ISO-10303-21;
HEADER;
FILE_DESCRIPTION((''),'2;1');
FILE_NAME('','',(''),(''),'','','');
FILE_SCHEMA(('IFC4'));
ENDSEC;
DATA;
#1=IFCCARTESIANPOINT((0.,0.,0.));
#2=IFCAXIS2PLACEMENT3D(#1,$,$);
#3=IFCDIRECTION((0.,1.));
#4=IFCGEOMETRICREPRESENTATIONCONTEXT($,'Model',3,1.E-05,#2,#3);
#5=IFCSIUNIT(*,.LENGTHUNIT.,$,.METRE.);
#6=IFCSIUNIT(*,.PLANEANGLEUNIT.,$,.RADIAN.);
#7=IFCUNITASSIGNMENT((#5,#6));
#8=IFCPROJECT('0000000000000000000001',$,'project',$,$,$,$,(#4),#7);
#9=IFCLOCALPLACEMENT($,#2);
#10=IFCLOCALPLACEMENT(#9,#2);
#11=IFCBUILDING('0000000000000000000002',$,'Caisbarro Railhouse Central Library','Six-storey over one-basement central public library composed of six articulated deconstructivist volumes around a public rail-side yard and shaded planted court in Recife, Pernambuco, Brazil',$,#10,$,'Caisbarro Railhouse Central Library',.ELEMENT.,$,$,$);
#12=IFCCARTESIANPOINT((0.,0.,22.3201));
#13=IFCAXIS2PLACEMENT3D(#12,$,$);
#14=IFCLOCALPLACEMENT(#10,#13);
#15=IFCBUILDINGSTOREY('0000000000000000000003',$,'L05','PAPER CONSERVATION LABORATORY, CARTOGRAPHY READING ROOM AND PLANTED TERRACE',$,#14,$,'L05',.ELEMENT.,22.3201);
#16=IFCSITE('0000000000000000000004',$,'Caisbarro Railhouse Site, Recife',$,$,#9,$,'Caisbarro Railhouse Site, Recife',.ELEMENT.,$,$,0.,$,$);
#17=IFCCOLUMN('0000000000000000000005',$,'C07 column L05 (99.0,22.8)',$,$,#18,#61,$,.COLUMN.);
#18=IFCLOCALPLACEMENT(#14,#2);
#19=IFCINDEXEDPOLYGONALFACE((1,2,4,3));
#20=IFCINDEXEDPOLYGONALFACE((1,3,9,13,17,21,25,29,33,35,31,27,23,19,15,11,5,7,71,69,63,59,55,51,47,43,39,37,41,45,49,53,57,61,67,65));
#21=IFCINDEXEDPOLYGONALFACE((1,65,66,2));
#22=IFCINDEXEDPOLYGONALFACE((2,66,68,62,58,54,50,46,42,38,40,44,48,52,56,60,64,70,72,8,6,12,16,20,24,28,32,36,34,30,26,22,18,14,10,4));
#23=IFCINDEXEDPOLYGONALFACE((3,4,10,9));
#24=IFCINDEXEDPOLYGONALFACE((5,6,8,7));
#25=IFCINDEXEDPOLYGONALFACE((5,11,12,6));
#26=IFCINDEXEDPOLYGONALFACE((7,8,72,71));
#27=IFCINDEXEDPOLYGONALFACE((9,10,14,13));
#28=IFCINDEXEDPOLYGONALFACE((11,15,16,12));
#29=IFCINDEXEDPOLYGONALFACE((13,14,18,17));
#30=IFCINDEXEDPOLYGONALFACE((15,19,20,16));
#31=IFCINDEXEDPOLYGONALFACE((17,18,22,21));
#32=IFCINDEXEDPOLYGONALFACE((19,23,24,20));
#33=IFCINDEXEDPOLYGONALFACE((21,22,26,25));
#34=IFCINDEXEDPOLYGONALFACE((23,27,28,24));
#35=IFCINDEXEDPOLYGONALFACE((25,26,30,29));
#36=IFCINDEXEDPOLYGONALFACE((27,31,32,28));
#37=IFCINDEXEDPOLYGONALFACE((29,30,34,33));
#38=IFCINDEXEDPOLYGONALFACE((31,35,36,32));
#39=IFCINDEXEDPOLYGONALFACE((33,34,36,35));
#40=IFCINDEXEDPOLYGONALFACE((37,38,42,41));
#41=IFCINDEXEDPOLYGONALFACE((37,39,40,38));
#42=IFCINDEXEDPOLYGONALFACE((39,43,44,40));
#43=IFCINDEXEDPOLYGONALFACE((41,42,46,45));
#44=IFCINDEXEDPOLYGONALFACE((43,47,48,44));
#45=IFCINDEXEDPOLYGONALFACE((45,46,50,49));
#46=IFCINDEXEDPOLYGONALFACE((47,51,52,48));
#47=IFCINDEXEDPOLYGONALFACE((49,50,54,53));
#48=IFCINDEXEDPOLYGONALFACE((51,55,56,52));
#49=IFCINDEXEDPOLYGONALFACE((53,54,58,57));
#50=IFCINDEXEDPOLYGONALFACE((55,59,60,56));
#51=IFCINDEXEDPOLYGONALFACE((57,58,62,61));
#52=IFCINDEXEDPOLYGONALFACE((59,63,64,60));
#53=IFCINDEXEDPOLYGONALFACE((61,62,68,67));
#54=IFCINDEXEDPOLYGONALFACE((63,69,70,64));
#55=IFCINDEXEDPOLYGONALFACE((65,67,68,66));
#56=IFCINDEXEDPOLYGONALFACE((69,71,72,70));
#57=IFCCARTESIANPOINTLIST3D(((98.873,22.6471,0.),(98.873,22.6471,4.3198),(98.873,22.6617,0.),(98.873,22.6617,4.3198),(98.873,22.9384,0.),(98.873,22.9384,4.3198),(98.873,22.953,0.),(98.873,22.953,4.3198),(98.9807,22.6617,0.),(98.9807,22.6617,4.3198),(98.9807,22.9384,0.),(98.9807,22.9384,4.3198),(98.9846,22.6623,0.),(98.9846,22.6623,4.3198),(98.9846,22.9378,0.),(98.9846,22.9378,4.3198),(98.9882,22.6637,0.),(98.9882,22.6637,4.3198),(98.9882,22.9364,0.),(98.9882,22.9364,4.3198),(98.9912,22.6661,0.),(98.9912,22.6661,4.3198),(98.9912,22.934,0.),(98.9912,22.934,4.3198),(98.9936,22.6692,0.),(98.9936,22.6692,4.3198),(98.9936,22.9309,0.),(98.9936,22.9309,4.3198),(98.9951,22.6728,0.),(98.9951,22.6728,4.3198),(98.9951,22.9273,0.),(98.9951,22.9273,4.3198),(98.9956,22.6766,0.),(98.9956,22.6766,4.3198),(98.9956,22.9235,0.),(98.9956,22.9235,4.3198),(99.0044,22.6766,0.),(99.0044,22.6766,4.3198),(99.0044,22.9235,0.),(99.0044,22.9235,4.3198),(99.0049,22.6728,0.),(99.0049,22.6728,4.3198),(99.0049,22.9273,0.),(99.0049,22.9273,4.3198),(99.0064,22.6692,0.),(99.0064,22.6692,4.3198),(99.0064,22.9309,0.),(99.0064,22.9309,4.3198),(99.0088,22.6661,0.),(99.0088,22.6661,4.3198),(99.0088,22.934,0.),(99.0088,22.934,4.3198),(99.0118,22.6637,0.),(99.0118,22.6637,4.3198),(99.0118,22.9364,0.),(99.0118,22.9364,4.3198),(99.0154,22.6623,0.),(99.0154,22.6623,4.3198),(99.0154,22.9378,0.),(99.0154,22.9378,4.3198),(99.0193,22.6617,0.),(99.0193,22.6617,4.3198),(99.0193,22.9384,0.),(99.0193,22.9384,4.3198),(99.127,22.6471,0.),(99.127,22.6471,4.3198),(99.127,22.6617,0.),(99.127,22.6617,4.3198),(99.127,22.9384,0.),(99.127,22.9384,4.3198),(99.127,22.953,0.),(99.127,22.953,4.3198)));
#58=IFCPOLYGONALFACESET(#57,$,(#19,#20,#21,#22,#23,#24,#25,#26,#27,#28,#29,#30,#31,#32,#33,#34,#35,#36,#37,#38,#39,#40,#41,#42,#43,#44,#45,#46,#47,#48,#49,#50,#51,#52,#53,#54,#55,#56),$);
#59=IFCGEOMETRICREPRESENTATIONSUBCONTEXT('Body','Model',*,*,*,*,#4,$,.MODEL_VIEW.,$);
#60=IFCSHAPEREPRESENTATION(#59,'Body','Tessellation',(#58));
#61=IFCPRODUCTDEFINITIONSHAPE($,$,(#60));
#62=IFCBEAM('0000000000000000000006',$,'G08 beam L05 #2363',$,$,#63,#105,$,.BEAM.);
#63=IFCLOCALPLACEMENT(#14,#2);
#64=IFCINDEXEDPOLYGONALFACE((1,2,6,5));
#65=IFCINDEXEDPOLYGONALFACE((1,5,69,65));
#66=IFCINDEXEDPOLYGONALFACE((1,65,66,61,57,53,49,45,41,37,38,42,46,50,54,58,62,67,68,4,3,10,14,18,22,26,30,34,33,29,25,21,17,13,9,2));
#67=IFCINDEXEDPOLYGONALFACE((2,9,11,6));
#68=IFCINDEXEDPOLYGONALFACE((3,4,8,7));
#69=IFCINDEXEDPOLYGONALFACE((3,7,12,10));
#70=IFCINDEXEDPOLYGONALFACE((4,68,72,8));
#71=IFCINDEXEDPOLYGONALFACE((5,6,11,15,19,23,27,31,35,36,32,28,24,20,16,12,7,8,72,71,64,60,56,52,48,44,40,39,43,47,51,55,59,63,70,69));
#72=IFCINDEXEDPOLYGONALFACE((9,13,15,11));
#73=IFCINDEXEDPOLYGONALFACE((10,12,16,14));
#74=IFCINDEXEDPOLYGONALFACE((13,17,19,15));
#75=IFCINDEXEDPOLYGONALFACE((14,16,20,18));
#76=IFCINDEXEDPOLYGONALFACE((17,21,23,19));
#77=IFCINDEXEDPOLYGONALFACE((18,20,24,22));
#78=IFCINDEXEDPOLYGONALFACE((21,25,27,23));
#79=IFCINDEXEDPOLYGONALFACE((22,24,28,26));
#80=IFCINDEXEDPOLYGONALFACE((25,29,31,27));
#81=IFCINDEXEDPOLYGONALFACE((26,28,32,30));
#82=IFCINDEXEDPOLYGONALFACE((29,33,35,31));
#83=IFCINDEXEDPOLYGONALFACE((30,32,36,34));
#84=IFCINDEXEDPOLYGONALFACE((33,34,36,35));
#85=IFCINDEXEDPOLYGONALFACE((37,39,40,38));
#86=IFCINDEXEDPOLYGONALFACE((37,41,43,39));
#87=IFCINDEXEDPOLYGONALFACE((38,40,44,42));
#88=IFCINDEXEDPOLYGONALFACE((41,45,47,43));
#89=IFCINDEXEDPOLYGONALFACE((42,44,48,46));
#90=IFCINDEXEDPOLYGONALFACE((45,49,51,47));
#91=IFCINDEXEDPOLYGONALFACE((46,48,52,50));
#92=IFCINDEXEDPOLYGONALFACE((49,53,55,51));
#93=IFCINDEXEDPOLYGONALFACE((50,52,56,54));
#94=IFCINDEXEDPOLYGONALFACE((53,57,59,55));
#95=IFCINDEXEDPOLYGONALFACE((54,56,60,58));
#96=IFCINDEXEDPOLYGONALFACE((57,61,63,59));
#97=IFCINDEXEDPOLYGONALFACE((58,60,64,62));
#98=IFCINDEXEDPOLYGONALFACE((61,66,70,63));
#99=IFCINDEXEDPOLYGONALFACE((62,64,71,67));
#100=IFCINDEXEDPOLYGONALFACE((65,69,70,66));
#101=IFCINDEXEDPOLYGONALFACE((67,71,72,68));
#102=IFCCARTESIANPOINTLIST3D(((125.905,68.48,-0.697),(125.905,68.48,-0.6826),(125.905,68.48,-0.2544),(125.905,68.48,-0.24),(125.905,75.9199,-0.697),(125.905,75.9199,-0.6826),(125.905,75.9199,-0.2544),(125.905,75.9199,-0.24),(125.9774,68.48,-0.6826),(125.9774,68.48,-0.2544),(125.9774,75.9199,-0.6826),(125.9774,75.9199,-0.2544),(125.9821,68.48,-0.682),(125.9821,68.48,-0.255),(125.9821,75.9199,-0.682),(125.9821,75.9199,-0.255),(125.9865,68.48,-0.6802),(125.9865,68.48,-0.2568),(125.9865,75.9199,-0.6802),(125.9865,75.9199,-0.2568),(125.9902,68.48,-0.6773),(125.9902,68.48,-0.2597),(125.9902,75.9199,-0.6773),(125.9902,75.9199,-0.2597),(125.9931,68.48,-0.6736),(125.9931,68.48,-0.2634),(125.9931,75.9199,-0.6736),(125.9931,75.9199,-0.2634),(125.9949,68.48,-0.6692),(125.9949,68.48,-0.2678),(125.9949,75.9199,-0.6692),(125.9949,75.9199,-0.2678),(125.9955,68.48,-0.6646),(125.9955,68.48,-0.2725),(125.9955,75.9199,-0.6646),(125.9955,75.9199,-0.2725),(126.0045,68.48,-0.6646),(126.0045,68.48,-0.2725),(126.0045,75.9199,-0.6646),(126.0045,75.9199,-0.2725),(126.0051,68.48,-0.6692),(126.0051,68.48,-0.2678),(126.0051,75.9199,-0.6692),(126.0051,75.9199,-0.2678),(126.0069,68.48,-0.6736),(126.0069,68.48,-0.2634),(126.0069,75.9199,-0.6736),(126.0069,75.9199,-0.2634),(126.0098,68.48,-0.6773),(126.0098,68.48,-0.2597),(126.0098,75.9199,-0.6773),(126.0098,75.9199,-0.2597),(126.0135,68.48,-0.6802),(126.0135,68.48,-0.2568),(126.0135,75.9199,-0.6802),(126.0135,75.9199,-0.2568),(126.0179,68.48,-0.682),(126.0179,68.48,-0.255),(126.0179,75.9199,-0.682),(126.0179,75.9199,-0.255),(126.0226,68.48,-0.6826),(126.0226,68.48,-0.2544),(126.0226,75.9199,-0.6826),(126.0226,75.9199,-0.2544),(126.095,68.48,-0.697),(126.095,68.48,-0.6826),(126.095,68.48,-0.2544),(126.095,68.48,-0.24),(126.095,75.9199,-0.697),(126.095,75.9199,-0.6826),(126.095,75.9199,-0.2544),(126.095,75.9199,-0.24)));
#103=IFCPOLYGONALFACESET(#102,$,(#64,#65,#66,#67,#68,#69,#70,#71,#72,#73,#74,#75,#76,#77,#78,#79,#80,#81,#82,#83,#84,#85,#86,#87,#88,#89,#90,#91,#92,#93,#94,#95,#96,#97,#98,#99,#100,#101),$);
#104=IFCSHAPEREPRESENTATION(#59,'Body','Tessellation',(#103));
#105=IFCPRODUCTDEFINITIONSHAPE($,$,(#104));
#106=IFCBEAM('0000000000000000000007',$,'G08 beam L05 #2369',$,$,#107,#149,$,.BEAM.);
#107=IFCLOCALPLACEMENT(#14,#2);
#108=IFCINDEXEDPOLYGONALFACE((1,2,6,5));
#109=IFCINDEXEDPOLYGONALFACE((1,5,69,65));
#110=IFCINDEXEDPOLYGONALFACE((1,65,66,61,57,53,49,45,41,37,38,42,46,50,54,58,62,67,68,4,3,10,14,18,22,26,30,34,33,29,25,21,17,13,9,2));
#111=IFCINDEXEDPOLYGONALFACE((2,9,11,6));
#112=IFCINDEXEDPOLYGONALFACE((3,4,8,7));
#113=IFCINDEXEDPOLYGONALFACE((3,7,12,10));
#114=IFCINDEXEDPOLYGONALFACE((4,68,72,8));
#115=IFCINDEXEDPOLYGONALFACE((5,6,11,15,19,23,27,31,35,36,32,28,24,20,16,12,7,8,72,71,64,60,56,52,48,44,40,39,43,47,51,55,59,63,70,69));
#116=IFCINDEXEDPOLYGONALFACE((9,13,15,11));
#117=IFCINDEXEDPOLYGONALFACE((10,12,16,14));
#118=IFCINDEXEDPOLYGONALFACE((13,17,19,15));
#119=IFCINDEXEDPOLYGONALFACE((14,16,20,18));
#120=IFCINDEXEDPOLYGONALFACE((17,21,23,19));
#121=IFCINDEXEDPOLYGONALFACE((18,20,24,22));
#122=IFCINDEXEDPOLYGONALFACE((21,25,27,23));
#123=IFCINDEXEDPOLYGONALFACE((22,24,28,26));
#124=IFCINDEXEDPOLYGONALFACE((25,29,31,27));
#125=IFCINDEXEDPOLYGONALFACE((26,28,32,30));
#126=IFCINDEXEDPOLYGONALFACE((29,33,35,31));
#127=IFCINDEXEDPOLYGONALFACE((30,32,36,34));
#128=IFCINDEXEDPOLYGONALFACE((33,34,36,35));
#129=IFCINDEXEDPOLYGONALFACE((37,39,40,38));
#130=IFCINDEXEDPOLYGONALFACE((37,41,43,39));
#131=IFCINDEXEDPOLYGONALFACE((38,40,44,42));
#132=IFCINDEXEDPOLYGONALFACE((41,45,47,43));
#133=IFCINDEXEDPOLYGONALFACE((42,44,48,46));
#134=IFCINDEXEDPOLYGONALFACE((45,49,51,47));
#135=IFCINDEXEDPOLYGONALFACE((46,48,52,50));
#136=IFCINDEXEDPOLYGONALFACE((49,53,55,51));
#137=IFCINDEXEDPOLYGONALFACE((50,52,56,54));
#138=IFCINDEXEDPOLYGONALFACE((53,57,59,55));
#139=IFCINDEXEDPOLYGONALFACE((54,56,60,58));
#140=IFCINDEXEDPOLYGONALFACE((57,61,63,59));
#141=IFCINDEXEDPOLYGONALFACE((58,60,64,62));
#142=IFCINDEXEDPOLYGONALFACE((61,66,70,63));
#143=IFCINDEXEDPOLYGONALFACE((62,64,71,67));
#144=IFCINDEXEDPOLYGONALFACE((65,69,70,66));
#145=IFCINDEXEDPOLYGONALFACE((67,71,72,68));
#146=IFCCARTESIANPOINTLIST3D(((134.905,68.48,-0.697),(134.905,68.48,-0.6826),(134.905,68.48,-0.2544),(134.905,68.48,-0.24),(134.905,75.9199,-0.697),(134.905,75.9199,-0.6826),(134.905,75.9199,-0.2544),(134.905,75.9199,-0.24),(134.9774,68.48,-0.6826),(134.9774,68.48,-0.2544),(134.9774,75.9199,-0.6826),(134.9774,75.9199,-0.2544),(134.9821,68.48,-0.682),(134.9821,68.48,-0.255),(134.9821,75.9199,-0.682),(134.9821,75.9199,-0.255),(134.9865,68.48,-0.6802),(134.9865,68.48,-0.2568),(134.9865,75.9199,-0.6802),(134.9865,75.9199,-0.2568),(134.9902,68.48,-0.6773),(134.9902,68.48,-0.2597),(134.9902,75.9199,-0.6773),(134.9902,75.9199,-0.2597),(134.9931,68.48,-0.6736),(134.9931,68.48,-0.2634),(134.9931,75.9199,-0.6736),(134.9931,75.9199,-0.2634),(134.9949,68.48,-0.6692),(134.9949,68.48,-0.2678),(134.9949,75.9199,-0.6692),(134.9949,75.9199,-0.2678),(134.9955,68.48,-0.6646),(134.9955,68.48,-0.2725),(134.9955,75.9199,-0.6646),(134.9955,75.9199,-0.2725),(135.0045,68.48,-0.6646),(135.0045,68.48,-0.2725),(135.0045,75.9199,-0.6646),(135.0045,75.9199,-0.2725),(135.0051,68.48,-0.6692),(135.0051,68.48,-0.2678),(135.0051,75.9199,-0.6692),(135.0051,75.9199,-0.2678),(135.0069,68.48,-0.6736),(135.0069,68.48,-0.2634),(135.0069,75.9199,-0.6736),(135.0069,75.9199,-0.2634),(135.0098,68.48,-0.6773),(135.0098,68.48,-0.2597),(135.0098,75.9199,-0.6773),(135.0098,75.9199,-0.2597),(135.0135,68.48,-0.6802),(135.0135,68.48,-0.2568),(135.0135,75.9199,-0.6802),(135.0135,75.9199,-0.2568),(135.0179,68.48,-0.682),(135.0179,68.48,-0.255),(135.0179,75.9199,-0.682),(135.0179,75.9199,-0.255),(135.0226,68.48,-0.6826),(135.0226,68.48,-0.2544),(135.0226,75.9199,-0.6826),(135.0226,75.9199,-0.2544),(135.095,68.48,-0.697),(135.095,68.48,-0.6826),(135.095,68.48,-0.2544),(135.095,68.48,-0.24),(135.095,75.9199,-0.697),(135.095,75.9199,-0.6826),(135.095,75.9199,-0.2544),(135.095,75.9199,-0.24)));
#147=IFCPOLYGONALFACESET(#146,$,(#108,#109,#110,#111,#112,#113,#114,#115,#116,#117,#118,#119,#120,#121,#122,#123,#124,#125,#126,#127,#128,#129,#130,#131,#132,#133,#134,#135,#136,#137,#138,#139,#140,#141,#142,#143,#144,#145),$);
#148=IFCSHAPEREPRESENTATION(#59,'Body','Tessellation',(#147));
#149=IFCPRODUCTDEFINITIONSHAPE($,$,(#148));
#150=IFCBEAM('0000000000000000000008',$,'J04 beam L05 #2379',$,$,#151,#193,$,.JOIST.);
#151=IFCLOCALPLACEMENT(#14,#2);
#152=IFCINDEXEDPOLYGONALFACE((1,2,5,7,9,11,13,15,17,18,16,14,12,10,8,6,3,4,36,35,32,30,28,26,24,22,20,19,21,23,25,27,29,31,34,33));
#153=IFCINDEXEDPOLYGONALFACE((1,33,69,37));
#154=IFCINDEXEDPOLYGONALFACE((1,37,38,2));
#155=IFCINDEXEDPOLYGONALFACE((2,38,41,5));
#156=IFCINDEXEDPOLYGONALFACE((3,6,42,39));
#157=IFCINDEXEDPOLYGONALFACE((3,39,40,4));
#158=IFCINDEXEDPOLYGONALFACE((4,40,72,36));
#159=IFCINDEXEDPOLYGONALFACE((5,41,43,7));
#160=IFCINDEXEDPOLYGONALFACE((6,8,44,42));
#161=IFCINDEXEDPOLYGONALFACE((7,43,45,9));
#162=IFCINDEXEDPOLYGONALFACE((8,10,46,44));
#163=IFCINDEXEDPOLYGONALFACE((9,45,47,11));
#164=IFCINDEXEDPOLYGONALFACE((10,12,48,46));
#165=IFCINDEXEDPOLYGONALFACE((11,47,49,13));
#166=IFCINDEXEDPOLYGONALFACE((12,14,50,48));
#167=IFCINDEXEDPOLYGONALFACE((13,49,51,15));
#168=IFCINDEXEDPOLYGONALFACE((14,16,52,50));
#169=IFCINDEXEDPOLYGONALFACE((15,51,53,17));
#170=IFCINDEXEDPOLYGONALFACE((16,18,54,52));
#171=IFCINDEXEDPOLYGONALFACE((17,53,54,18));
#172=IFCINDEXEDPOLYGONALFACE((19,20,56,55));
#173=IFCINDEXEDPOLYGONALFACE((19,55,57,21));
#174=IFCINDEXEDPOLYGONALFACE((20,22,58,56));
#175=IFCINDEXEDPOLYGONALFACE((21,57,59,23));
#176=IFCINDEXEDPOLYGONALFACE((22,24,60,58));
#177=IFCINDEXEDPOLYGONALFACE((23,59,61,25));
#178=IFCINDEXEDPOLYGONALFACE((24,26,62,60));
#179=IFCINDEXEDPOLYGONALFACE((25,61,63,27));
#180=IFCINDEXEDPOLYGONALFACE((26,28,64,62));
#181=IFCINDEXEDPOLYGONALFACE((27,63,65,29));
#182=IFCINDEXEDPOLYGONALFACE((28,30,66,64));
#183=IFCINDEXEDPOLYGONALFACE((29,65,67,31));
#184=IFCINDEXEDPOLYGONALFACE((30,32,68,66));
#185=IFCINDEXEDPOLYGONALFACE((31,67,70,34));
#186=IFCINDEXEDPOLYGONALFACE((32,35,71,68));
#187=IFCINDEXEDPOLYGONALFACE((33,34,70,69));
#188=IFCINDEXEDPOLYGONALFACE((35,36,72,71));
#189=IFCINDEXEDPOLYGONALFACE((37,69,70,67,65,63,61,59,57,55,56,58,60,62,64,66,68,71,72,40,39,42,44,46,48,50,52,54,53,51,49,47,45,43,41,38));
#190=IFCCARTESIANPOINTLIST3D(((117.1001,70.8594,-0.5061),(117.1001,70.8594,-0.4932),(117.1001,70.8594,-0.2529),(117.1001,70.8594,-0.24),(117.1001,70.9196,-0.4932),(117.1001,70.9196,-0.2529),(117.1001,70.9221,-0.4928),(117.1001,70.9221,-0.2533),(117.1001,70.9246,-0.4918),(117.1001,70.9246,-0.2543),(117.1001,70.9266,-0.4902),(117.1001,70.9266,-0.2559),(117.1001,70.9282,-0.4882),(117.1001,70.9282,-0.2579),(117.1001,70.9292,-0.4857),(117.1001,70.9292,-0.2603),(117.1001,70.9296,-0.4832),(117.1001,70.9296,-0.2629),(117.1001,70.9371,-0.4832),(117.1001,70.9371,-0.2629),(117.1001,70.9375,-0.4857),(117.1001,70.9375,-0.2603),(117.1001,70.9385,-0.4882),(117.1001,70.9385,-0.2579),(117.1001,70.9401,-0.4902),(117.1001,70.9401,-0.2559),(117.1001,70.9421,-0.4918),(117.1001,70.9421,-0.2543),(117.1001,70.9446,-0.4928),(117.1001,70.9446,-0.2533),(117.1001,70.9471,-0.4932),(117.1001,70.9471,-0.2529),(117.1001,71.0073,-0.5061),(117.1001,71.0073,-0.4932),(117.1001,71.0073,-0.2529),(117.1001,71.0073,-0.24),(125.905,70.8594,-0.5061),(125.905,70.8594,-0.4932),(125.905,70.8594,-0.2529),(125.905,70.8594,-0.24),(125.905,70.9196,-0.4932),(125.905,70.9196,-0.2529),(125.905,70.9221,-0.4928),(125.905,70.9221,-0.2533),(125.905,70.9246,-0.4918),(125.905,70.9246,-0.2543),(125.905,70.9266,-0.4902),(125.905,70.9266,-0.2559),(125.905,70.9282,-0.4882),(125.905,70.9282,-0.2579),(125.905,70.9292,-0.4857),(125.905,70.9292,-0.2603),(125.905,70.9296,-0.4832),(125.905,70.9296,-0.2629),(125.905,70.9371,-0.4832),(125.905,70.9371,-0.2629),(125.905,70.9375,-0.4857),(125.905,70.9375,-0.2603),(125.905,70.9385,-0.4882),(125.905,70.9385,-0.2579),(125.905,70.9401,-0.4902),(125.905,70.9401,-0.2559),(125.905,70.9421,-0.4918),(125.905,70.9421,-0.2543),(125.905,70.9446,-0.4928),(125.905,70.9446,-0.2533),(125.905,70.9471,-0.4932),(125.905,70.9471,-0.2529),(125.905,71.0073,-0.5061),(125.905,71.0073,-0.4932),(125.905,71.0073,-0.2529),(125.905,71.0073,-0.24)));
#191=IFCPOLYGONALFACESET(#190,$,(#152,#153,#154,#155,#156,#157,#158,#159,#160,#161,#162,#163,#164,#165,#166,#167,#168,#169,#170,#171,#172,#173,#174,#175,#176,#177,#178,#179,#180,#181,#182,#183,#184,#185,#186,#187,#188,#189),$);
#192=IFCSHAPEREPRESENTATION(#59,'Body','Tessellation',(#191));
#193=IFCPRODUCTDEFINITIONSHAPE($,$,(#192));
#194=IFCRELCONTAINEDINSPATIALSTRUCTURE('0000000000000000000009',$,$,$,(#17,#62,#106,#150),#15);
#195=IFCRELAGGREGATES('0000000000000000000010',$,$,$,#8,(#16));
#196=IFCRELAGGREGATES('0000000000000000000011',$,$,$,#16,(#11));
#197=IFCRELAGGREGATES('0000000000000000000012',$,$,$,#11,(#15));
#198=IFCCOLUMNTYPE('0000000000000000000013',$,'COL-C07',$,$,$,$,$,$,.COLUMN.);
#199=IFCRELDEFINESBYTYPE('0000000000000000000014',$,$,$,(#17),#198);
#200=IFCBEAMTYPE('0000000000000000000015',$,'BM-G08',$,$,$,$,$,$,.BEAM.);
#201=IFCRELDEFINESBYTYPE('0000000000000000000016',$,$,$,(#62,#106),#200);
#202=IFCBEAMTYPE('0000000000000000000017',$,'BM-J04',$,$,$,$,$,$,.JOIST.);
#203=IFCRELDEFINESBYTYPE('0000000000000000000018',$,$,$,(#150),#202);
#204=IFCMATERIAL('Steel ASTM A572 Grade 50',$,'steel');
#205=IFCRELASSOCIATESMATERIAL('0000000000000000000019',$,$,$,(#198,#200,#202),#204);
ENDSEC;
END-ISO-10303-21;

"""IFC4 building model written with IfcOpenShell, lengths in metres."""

from ifc_helpers import new_model, si_unit, direction, frame, origin, origin_2d, place, context, subcontext, project, spatial, i_section, extrude, material, material_profile, profile_set, type_object, element, save


model = new_model("IFC4")

# Units and contexts
model_context = context("Model", 3, precision=1e-05, world=origin(), true_north=direction((0.0, 1.0)))
body_context = subcontext(model_context, "Body", "Model", "MODEL_VIEW")
ifc_project = project(units=[si_unit("LENGTHUNIT", "METRE"), si_unit("PLANEANGLEUNIT", "RADIAN")], contexts=[model_context])

# Site, building, storey
site_placement = place(None, origin())
site = spatial("IfcSite", under=ifc_project, at=site_placement, Name="Caisbarro Railhouse Site, Recife", LongName="Caisbarro Railhouse Site, Recife", CompositionType="ELEMENT", RefElevation=0.0)
building_placement = place(site_placement, origin())
building = spatial("IfcBuilding", under=site, at=building_placement, Name="Caisbarro Railhouse Central Library", Description="Six-storey over one-basement central public library composed of six articulated deconstructivist volumes around a public rail-side yard and shaded planted court in Recife, Pernambuco, Brazil", LongName="Caisbarro Railhouse Central Library", CompositionType="ELEMENT")
storey_placement = place(building_placement, frame((0.0, 0.0, 22.3201)))
storey = spatial("IfcBuildingStorey", under=building, at=storey_placement, Name="L05", Description="PAPER CONSERVATION LABORATORY, CARTOGRAPHY READING ROOM AND PLANTED TERRACE", LongName="L05", CompositionType="ELEMENT", Elevation=22.3201)

# Column
ifc_material_1 = material(Name="Steel ASTM A572 Grade 50", Category="steel")
ifc_material_profile_1 = material_profile(ifc_material_1, i_section(OverallWidth=0.2539, OverallDepth=0.3059, WebThickness=0.0088, FlangeThickness=0.0146, FilletRadius=0.0149, at=origin_2d()), Name="W310X79.0")
ifc_profile_set_1 = profile_set([ifc_material_profile_1], Name="Steel ASTM A572 Grade 50")
column_type = type_object("IfcColumnType", Name="COL-C07", PredefinedType="COLUMN", material=ifc_profile_set_1)
column_placement = place(storey_placement, frame((99.0, 22.8, 0.0), z_axis=(0.0, 0.0, 1.0), x_axis=(1.0, 0.0, 0.0)))
element("IfcColumn", 1, at=column_placement, inside=storey, type_object=column_type, Name="C07 column L05 (99.0,22.8)", PredefinedType="COLUMN", context=body_context, shape_type="SweptSolid", body=[
    extrude(i_section(OverallWidth=0.2539, OverallDepth=0.3059, WebThickness=0.0088, FlangeThickness=0.0146, FilletRadius=0.0149, at=origin_2d()), origin(), (0.0, 0.0, 1.0), 4.3198),
])

# Beams
ifc_material_profile_2 = material_profile(ifc_material_1, i_section(OverallWidth=0.1899, OverallDepth=0.457, WebThickness=0.009, FlangeThickness=0.0144, FilletRadius=0.0181, at=origin_2d()), Name="W460X74.0")
ifc_profile_set_2 = profile_set([ifc_material_profile_2], Name="Steel ASTM A572 Grade 50")
beam_type_1 = type_object("IfcBeamType", Name="BM-G08", PredefinedType="BEAM", material=ifc_profile_set_2)
for number, where, z_axis, x_axis, name in (
    (2, (126.0, 68.48, -0.4685), (0.0, 1.0, 0.0), (-1.0, 0.0, 0.0), "G08 beam L05 #2363"),
    (3, (135.0, 68.48, -0.4685), (0.0, 1.0, 0.0), (-1.0, 0.0, 0.0), "G08 beam L05 #2369"),
):
    element("IfcBeam", number, at=place(storey_placement, frame(where, z_axis=z_axis, x_axis=x_axis)), inside=storey, type_object=beam_type_1, Name=name, PredefinedType="BEAM", context=body_context, shape_type="SweptSolid", body=[
        extrude(i_section(OverallWidth=0.1899, OverallDepth=0.457, WebThickness=0.009, FlangeThickness=0.0144, FilletRadius=0.0181, at=origin_2d()), origin(), (0.0, 0.0, 1.0), 7.4399),
    ])
ifc_material_profile_3 = material_profile(ifc_material_1, i_section(OverallWidth=0.1479, OverallDepth=0.2661, WebThickness=0.0076, FlangeThickness=0.0129, FilletRadius=0.01, at=origin_2d()), Name="W250X44.8")
ifc_profile_set_3 = profile_set([ifc_material_profile_3], Name="Steel ASTM A572 Grade 50")
beam_type_2 = type_object("IfcBeamType", Name="BM-J04", PredefinedType="JOIST", material=ifc_profile_set_3)
for number, where, z_axis, x_axis, name in (
    (4, (117.1001, 70.9333, -0.373), (1.0, 0.0, 0.0), (0.0, 1.0, 0.0), "J04 beam L05 #2379"),
):
    element("IfcBeam", number, at=place(storey_placement, frame(where, z_axis=z_axis, x_axis=x_axis)), inside=storey, type_object=beam_type_2, Name=name, PredefinedType="JOIST", context=body_context, shape_type="SweptSolid", body=[
        extrude(i_section(OverallWidth=0.1479, OverallDepth=0.2661, WebThickness=0.0076, FlangeThickness=0.0129, FilletRadius=0.01, at=origin_2d()), origin(), (0.0, 0.0, 1.0), 8.8049),
    ])

save(model, "model.ifc")
